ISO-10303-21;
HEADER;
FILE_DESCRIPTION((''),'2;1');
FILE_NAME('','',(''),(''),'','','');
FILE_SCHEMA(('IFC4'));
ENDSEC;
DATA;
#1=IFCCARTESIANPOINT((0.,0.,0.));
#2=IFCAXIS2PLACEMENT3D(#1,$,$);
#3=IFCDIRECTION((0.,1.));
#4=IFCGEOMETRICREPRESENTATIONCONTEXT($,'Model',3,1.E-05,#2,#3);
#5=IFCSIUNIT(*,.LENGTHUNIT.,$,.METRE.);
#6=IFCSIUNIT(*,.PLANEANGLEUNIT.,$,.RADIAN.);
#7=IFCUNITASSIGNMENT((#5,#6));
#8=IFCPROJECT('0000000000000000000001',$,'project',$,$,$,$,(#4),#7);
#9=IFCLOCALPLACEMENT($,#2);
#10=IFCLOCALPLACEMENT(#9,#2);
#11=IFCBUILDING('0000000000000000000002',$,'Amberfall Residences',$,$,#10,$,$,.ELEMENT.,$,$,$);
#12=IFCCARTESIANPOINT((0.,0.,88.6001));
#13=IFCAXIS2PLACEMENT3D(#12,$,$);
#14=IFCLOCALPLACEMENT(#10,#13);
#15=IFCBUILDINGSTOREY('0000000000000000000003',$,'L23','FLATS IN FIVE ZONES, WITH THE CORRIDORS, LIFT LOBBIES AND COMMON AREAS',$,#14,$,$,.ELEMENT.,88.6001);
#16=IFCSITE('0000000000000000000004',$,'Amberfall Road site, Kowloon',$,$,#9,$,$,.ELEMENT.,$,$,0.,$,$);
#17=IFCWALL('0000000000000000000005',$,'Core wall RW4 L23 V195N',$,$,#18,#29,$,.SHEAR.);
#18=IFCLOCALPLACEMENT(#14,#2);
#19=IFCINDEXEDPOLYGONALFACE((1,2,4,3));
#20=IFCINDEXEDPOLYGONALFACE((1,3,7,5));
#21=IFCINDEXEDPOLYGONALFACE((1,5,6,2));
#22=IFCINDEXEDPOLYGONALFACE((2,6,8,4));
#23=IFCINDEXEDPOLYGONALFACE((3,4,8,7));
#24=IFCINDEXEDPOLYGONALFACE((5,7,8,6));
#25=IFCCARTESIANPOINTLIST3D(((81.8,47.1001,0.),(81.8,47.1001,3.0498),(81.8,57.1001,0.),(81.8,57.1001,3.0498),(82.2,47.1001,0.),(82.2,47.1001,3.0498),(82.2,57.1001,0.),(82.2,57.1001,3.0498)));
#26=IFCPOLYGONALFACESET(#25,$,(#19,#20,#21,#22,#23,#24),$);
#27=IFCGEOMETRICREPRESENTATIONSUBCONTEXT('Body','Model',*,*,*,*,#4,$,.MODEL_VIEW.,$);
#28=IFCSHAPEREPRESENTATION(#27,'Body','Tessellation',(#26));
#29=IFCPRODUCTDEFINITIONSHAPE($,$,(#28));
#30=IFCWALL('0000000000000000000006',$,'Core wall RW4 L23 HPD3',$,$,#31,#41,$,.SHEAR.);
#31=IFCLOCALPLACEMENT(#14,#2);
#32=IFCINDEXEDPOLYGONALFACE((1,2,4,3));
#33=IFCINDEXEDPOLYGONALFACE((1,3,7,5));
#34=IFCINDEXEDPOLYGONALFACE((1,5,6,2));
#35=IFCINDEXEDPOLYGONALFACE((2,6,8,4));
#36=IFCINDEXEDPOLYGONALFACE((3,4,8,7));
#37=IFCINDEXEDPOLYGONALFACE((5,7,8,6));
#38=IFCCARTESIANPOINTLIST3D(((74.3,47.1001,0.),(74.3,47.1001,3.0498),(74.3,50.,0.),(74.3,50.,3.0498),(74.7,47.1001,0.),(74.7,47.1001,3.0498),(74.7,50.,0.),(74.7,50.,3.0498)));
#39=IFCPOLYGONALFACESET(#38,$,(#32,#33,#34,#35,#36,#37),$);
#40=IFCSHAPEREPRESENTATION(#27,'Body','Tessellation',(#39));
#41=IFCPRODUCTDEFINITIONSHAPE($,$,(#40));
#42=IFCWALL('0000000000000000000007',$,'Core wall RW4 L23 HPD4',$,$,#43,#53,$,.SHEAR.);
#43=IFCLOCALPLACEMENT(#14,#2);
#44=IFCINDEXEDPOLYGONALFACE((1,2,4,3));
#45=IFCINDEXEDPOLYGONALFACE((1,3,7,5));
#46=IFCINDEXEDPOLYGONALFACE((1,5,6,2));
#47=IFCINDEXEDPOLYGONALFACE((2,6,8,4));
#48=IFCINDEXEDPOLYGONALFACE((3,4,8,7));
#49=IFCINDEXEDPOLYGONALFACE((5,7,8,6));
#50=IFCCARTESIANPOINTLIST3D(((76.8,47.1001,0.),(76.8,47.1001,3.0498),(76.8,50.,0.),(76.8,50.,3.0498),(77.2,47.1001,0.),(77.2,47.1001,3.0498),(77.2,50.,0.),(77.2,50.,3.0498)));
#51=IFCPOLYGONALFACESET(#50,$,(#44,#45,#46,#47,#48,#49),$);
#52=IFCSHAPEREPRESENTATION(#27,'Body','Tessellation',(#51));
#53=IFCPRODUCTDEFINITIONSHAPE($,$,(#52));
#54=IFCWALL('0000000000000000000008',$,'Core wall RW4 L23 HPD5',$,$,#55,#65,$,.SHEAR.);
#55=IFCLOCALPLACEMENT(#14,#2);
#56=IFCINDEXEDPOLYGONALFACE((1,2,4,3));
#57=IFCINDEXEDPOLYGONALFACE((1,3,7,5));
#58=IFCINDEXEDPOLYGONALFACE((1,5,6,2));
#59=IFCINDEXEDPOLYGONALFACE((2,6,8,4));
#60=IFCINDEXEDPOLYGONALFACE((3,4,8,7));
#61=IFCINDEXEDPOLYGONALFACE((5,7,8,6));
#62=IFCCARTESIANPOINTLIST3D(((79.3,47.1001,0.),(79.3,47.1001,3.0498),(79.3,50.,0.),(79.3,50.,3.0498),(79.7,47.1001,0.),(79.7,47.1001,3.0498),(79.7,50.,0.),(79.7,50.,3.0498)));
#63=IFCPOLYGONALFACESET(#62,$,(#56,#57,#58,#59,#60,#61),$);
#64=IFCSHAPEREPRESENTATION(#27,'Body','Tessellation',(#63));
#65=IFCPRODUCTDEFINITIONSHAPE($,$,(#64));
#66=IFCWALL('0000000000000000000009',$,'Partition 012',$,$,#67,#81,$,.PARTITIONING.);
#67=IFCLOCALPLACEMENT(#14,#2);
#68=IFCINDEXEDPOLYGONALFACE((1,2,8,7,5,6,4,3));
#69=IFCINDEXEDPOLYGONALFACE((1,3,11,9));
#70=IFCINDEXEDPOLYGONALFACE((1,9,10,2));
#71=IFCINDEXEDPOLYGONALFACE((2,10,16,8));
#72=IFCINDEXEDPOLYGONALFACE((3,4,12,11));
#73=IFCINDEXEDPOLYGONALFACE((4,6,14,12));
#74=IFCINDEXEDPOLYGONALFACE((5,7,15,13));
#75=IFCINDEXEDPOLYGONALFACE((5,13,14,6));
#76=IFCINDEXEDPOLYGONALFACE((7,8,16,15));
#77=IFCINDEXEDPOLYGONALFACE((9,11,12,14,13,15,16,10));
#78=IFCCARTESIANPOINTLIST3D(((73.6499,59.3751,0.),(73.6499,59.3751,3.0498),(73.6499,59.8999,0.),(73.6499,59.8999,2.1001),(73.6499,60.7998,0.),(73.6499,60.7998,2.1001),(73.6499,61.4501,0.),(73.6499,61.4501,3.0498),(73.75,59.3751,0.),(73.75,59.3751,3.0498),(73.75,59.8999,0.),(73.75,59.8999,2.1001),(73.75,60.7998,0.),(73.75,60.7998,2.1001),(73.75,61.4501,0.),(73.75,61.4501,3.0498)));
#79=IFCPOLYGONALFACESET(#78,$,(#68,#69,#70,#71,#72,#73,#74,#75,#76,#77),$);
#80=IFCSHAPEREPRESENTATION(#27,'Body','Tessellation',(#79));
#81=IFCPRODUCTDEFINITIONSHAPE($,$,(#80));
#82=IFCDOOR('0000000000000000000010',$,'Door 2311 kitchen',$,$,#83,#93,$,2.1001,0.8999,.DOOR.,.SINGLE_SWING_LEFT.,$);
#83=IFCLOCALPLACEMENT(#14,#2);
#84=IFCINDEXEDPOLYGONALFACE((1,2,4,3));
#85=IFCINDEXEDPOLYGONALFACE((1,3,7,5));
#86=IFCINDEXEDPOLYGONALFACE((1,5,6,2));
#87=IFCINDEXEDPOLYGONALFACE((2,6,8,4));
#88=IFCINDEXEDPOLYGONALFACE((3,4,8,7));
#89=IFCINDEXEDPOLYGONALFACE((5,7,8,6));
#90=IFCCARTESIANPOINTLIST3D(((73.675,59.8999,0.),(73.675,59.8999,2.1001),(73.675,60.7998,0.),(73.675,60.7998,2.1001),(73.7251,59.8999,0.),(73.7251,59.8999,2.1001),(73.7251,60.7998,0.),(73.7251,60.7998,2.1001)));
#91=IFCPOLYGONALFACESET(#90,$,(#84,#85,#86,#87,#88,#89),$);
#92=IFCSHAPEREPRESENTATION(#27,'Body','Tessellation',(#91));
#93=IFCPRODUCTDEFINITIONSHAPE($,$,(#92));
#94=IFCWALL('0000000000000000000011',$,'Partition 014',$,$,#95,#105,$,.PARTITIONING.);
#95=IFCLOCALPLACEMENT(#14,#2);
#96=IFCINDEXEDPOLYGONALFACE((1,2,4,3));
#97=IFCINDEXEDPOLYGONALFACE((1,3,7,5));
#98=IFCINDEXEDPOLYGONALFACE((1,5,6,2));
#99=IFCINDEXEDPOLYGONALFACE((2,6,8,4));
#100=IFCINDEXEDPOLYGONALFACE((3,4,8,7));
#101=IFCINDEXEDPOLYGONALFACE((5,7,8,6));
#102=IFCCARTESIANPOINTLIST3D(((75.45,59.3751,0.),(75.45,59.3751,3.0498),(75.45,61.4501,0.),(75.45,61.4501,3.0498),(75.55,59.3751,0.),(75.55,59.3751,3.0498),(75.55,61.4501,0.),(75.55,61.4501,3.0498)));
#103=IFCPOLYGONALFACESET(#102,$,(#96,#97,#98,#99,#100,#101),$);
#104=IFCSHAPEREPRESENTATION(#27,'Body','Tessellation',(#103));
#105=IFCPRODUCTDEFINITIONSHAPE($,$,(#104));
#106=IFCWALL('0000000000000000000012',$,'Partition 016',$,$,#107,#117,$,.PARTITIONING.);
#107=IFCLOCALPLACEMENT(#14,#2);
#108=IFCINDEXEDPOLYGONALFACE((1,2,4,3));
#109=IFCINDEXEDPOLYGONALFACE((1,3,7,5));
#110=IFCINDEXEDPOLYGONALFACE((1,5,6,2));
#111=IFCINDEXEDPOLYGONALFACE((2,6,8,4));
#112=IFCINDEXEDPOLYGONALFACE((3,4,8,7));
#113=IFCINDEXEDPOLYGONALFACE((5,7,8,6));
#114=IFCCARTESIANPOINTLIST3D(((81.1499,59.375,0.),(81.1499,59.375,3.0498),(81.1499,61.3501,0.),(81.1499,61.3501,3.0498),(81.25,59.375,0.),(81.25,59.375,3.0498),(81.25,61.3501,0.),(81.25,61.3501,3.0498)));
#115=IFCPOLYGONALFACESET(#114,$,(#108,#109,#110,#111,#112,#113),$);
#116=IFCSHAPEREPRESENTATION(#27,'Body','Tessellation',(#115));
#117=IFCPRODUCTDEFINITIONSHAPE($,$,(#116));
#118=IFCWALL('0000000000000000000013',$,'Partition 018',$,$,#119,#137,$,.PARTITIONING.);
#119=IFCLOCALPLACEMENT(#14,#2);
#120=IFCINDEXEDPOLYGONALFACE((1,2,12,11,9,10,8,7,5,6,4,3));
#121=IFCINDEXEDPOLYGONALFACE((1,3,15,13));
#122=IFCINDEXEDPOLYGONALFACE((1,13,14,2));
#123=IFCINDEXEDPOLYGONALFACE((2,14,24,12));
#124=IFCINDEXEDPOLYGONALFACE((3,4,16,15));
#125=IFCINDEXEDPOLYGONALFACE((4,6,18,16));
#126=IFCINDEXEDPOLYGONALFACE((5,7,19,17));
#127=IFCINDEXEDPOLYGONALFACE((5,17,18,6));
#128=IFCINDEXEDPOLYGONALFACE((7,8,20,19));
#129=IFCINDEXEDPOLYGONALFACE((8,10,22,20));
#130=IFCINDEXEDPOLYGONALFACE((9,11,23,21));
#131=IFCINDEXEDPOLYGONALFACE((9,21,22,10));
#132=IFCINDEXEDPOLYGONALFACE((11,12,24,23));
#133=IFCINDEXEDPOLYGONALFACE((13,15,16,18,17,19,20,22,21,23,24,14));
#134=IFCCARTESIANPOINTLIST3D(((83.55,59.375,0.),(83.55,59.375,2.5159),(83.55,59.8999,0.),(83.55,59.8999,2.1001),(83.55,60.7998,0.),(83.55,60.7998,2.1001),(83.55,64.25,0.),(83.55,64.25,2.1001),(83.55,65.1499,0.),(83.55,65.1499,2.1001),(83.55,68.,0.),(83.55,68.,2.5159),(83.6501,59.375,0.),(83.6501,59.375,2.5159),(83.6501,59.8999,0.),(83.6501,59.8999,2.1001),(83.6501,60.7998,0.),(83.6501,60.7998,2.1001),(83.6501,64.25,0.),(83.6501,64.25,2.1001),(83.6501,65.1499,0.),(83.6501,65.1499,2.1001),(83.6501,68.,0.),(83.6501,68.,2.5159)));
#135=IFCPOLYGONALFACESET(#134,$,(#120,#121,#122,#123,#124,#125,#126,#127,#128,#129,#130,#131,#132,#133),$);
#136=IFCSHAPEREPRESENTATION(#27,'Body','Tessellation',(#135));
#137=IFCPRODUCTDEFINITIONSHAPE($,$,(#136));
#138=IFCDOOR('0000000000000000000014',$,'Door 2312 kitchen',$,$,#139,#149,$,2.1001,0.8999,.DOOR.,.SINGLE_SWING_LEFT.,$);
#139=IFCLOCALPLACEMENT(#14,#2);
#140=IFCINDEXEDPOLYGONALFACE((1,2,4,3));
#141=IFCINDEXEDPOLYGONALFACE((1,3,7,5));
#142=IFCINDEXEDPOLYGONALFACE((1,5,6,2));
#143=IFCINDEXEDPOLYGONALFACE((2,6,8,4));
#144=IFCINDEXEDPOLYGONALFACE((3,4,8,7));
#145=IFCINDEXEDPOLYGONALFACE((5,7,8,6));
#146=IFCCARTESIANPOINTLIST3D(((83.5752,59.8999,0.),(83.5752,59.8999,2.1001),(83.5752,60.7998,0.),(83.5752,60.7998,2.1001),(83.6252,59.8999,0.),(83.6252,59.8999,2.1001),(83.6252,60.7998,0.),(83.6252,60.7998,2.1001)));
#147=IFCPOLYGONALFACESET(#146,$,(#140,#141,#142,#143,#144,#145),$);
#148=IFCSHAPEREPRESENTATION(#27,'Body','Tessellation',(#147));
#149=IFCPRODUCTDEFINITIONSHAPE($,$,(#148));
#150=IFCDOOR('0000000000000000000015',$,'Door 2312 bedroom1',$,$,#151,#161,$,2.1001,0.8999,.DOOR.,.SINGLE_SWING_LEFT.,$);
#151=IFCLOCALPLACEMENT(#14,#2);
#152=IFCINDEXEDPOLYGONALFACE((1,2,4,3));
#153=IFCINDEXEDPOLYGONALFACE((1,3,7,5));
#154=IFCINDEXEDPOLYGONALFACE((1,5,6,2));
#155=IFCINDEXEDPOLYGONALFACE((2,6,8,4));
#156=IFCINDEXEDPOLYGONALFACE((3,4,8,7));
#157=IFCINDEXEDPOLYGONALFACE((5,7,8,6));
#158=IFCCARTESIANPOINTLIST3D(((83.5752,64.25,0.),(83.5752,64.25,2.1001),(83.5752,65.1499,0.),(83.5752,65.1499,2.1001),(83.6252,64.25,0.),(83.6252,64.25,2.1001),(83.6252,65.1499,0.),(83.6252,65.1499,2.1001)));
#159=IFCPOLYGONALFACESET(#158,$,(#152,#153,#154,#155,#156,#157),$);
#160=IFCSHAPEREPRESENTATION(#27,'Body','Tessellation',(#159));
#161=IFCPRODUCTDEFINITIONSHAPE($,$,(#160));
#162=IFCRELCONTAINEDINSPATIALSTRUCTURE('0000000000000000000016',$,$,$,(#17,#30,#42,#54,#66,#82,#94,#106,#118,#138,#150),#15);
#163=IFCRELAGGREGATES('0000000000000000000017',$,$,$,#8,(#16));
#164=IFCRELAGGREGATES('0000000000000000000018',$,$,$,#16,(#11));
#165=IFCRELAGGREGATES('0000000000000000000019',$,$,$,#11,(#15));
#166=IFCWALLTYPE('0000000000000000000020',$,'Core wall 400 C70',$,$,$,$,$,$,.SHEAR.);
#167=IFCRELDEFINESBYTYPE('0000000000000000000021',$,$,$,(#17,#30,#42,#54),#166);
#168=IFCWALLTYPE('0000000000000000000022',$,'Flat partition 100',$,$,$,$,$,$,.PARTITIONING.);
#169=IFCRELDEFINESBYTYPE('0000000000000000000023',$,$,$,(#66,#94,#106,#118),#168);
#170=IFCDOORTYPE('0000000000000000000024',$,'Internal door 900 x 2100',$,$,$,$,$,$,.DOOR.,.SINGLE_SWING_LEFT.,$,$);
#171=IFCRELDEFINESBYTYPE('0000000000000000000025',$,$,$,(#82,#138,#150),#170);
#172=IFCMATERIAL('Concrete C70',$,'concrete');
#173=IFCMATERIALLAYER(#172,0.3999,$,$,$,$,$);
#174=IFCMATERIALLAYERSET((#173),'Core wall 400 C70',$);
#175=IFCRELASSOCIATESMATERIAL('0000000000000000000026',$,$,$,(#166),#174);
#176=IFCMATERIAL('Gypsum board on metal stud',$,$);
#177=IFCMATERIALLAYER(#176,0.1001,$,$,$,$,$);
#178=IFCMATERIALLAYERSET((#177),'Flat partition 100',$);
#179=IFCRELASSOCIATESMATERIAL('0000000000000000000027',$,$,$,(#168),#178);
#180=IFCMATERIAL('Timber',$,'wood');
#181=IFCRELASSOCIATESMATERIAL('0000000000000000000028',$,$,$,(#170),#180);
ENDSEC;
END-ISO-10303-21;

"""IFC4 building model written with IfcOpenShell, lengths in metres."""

from ifc_helpers import new_model, si_unit, direction, frame, frame_2d, origin, place, context, subcontext, project, spatial, rectangle, extrude, material, layer, layer_set, type_object, element, fill, save


model = new_model("IFC4")

# Units and contexts
model_context = context("Model", 3, precision=1e-05, world=origin(), true_north=direction((0.0, 1.0)))
body_context = subcontext(model_context, "Body", "Model", "MODEL_VIEW")
ifc_project = project(units=[si_unit("LENGTHUNIT", "METRE"), si_unit("PLANEANGLEUNIT", "RADIAN")], contexts=[model_context])

# Site, building, storey
site_placement = place(None, origin())
site = spatial("IfcSite", under=ifc_project, at=site_placement, Name="Amberfall Road site, Kowloon", CompositionType="ELEMENT", RefElevation=0.0)
building_placement = place(site_placement, origin())
building = spatial("IfcBuilding", under=site, at=building_placement, Name="Amberfall Residences", CompositionType="ELEMENT")
storey_placement = place(building_placement, frame((0.0, 0.0, 88.6001)))
storey = spatial("IfcBuildingStorey", under=building, at=storey_placement, Name="L23", Description="FLATS IN FIVE ZONES, WITH THE CORRIDORS, LIFT LOBBIES AND COMMON AREAS", CompositionType="ELEMENT", Elevation=88.6001)

# Walls
ifc_material_1 = material(Name="Concrete C70", Category="concrete")
ifc_layer_1 = layer(ifc_material_1, 0.3999)
ifc_layer_set_1 = layer_set([ifc_layer_1], Name="Core wall 400 C70")
wall_type_1 = type_object("IfcWallType", Name="Core wall 400 C70", PredefinedType="SHEAR", material=ifc_layer_set_1)
wall_1_placement = place(storey_placement, frame((82.0, 47.1001, 0.0), z_axis=(0.0, 0.0, 1.0), x_axis=(0.0, 1.0, 0.0)))
element("IfcWall", 1, at=wall_1_placement, inside=storey, type_object=wall_type_1, Name="Core wall RW4 L23 V195N", PredefinedType="SHEAR", context=body_context, shape_type="SweptSolid", body=[
    extrude(rectangle(XDim=10.0, YDim=0.3999, at=frame_2d((5.0, 0.0))), origin(), (0.0, 0.0, 1.0), 3.0498),
])
for number, where, z_axis, x_axis, name in (
    (2, (74.5, 47.1001, 0.0), (0.0, 0.0, 1.0), (0.0, 1.0, 0.0), "Core wall RW4 L23 HPD3"),
    (3, (77.0, 47.1001, 0.0), (0.0, 0.0, 1.0), (0.0, 1.0, 0.0), "Core wall RW4 L23 HPD4"),
    (4, (79.5, 47.1001, 0.0), (0.0, 0.0, 1.0), (0.0, 1.0, 0.0), "Core wall RW4 L23 HPD5"),
):
    element("IfcWall", number, at=place(storey_placement, frame(where, z_axis=z_axis, x_axis=x_axis)), inside=storey, type_object=wall_type_1, Name=name, PredefinedType="SHEAR", context=body_context, shape_type="SweptSolid", body=[
        extrude(rectangle(XDim=2.8999, YDim=0.3999, at=frame_2d((1.45, 0.0))), origin(), (0.0, 0.0, 1.0), 3.0498),
    ])

# Wall, opening, door
ifc_material_2 = material(Name="Gypsum board on metal stud")
ifc_layer_2 = layer(ifc_material_2, 0.1001)
ifc_layer_set_2 = layer_set([ifc_layer_2], Name="Flat partition 100")
wall_type_2 = type_object("IfcWallType", Name="Flat partition 100", PredefinedType="PARTITIONING", material=ifc_layer_set_2)
wall_2_placement = place(storey_placement, frame((73.7, 59.375, 0.0), z_axis=(0.0, 0.0, 1.0), x_axis=(0.0, 1.0, 0.0)))
wall_2 = element("IfcWall", 5, at=wall_2_placement, inside=storey, type_object=wall_type_2, Name="Partition 012", PredefinedType="PARTITIONING", context=body_context, shape_type="SweptSolid", body=[
    extrude(rectangle(XDim=2.075, YDim=0.1001, at=frame_2d((1.0376, 0.0))), origin(), (0.0, 0.0, 1.0), 3.0498),
])
opening_1_placement = place(wall_2_placement, frame((0.5249, 0.0, 0.0)))
opening_1 = element("IfcOpeningElement", 6, at=opening_1_placement, cuts=wall_2, PredefinedType="OPENING", context=body_context, shape_type="SweptSolid", body=[
    extrude(rectangle(XDim=0.8999, YDim=2.1001, at=frame_2d((0.45, 1.05))), frame((0.0, 0.0601, 0.0), z_axis=(0.0, -1.0, 0.0), x_axis=(1.0, 0.0, 0.0)), (0.0, 0.0, 1.0), 0.1201),
])
ifc_material_3 = material(Name="Timber", Category="wood")
door_type_1 = type_object("IfcDoorType", Name="Internal door 900 x 2100", OperationType="SINGLE_SWING_LEFT", PredefinedType="DOOR", material=ifc_material_3)
door_1_placement = place(opening_1_placement, origin())
door_1 = element("IfcDoor", 7, at=door_1_placement, inside=storey, type_object=door_type_1, Name="Door 2311 kitchen", OperationType="SINGLE_SWING_LEFT", OverallHeight=2.1001, OverallWidth=0.8999, PredefinedType="DOOR", context=body_context, shape_type="SweptSolid", body=[
    extrude(rectangle(XDim=0.8999, YDim=2.1001, at=frame_2d((0.45, 1.05))), frame((0.0, 0.0249, 0.0), z_axis=(0.0, -1.0, 0.0), x_axis=(1.0, 0.0, 0.0)), (0.0, 0.0, 1.0), 0.05),
])
fill(opening_1, door_1)

# Walls
wall_3_placement = place(storey_placement, frame((75.5, 59.375, 0.0), z_axis=(0.0, 0.0, 1.0), x_axis=(0.0, 1.0, 0.0)))
element("IfcWall", 8, at=wall_3_placement, inside=storey, type_object=wall_type_2, Name="Partition 014", PredefinedType="PARTITIONING", context=body_context, shape_type="SweptSolid", body=[
    extrude(rectangle(XDim=2.075, YDim=0.1001, at=frame_2d((1.0376, 0.0))), origin(), (0.0, 0.0, 1.0), 3.0498),
])
wall_4_placement = place(storey_placement, frame((81.2, 59.375, 0.0), z_axis=(0.0, 0.0, 1.0), x_axis=(0.0, 1.0, 0.0)))
element("IfcWall", 9, at=wall_4_placement, inside=storey, type_object=wall_type_2, Name="Partition 016", PredefinedType="PARTITIONING", context=body_context, shape_type="SweptSolid", body=[
    extrude(rectangle(XDim=1.9751, YDim=0.1001, at=frame_2d((0.9875, 0.0))), origin(), (0.0, 0.0, 1.0), 3.0498),
])

# Wall, openings, doors
wall_5_placement = place(storey_placement, frame((83.6001, 59.375, 0.0), z_axis=(0.0, 0.0, 1.0), x_axis=(0.0, 1.0, 0.0)))
wall_5 = element("IfcWall", 10, at=wall_5_placement, inside=storey, type_object=wall_type_2, Name="Partition 018", PredefinedType="PARTITIONING", context=body_context, shape_type="SweptSolid", body=[
    extrude(rectangle(XDim=8.625, YDim=0.1001, at=frame_2d((4.3125, 0.0))), origin(), (0.0, 0.0, 1.0), 2.5159),
])
opening_2_placement = place(wall_5_placement, frame((0.5249, 0.0, 0.0)))
opening_2 = element("IfcOpeningElement", 11, at=opening_2_placement, cuts=wall_5, PredefinedType="OPENING", context=body_context, shape_type="SweptSolid", body=[
    extrude(rectangle(XDim=0.8999, YDim=2.1001, at=frame_2d((0.45, 1.05))), frame((0.0, 0.0601, 0.0), z_axis=(0.0, -1.0, 0.0), x_axis=(1.0, 0.0, 0.0)), (0.0, 0.0, 1.0), 0.1201),
])
opening_3_placement = place(wall_5_placement, frame((4.875, 0.0, 0.0)))
opening_3 = element("IfcOpeningElement", 12, at=opening_3_placement, cuts=wall_5, PredefinedType="OPENING", context=body_context, shape_type="SweptSolid", body=[
    extrude(rectangle(XDim=0.8999, YDim=2.1001, at=frame_2d((0.45, 1.05))), frame((0.0, 0.0601, 0.0), z_axis=(0.0, -1.0, 0.0), x_axis=(1.0, 0.0, 0.0)), (0.0, 0.0, 1.0), 0.1201),
])
door_2_placement = place(opening_2_placement, origin())
door_2 = element("IfcDoor", 13, at=door_2_placement, inside=storey, type_object=door_type_1, Name="Door 2312 kitchen", OperationType="SINGLE_SWING_LEFT", OverallHeight=2.1001, OverallWidth=0.8999, PredefinedType="DOOR", context=body_context, shape_type="SweptSolid", body=[
    extrude(rectangle(XDim=0.8999, YDim=2.1001, at=frame_2d((0.45, 1.05))), frame((0.0, 0.0249, 0.0), z_axis=(0.0, -1.0, 0.0), x_axis=(1.0, 0.0, 0.0)), (0.0, 0.0, 1.0), 0.05),
])
fill(opening_2, door_2)
door_3_placement = place(opening_3_placement, origin())
door_3 = element("IfcDoor", 14, at=door_3_placement, inside=storey, type_object=door_type_1, Name="Door 2312 bedroom1", OperationType="SINGLE_SWING_LEFT", OverallHeight=2.1001, OverallWidth=0.8999, PredefinedType="DOOR", context=body_context, shape_type="SweptSolid", body=[
    extrude(rectangle(XDim=0.8999, YDim=2.1001, at=frame_2d((0.45, 1.05))), frame((0.0, 0.0249, 0.0), z_axis=(0.0, -1.0, 0.0), x_axis=(1.0, 0.0, 0.0)), (0.0, 0.0, 1.0), 0.05),
])
fill(opening_3, door_3)

save(model, "model.ifc")
